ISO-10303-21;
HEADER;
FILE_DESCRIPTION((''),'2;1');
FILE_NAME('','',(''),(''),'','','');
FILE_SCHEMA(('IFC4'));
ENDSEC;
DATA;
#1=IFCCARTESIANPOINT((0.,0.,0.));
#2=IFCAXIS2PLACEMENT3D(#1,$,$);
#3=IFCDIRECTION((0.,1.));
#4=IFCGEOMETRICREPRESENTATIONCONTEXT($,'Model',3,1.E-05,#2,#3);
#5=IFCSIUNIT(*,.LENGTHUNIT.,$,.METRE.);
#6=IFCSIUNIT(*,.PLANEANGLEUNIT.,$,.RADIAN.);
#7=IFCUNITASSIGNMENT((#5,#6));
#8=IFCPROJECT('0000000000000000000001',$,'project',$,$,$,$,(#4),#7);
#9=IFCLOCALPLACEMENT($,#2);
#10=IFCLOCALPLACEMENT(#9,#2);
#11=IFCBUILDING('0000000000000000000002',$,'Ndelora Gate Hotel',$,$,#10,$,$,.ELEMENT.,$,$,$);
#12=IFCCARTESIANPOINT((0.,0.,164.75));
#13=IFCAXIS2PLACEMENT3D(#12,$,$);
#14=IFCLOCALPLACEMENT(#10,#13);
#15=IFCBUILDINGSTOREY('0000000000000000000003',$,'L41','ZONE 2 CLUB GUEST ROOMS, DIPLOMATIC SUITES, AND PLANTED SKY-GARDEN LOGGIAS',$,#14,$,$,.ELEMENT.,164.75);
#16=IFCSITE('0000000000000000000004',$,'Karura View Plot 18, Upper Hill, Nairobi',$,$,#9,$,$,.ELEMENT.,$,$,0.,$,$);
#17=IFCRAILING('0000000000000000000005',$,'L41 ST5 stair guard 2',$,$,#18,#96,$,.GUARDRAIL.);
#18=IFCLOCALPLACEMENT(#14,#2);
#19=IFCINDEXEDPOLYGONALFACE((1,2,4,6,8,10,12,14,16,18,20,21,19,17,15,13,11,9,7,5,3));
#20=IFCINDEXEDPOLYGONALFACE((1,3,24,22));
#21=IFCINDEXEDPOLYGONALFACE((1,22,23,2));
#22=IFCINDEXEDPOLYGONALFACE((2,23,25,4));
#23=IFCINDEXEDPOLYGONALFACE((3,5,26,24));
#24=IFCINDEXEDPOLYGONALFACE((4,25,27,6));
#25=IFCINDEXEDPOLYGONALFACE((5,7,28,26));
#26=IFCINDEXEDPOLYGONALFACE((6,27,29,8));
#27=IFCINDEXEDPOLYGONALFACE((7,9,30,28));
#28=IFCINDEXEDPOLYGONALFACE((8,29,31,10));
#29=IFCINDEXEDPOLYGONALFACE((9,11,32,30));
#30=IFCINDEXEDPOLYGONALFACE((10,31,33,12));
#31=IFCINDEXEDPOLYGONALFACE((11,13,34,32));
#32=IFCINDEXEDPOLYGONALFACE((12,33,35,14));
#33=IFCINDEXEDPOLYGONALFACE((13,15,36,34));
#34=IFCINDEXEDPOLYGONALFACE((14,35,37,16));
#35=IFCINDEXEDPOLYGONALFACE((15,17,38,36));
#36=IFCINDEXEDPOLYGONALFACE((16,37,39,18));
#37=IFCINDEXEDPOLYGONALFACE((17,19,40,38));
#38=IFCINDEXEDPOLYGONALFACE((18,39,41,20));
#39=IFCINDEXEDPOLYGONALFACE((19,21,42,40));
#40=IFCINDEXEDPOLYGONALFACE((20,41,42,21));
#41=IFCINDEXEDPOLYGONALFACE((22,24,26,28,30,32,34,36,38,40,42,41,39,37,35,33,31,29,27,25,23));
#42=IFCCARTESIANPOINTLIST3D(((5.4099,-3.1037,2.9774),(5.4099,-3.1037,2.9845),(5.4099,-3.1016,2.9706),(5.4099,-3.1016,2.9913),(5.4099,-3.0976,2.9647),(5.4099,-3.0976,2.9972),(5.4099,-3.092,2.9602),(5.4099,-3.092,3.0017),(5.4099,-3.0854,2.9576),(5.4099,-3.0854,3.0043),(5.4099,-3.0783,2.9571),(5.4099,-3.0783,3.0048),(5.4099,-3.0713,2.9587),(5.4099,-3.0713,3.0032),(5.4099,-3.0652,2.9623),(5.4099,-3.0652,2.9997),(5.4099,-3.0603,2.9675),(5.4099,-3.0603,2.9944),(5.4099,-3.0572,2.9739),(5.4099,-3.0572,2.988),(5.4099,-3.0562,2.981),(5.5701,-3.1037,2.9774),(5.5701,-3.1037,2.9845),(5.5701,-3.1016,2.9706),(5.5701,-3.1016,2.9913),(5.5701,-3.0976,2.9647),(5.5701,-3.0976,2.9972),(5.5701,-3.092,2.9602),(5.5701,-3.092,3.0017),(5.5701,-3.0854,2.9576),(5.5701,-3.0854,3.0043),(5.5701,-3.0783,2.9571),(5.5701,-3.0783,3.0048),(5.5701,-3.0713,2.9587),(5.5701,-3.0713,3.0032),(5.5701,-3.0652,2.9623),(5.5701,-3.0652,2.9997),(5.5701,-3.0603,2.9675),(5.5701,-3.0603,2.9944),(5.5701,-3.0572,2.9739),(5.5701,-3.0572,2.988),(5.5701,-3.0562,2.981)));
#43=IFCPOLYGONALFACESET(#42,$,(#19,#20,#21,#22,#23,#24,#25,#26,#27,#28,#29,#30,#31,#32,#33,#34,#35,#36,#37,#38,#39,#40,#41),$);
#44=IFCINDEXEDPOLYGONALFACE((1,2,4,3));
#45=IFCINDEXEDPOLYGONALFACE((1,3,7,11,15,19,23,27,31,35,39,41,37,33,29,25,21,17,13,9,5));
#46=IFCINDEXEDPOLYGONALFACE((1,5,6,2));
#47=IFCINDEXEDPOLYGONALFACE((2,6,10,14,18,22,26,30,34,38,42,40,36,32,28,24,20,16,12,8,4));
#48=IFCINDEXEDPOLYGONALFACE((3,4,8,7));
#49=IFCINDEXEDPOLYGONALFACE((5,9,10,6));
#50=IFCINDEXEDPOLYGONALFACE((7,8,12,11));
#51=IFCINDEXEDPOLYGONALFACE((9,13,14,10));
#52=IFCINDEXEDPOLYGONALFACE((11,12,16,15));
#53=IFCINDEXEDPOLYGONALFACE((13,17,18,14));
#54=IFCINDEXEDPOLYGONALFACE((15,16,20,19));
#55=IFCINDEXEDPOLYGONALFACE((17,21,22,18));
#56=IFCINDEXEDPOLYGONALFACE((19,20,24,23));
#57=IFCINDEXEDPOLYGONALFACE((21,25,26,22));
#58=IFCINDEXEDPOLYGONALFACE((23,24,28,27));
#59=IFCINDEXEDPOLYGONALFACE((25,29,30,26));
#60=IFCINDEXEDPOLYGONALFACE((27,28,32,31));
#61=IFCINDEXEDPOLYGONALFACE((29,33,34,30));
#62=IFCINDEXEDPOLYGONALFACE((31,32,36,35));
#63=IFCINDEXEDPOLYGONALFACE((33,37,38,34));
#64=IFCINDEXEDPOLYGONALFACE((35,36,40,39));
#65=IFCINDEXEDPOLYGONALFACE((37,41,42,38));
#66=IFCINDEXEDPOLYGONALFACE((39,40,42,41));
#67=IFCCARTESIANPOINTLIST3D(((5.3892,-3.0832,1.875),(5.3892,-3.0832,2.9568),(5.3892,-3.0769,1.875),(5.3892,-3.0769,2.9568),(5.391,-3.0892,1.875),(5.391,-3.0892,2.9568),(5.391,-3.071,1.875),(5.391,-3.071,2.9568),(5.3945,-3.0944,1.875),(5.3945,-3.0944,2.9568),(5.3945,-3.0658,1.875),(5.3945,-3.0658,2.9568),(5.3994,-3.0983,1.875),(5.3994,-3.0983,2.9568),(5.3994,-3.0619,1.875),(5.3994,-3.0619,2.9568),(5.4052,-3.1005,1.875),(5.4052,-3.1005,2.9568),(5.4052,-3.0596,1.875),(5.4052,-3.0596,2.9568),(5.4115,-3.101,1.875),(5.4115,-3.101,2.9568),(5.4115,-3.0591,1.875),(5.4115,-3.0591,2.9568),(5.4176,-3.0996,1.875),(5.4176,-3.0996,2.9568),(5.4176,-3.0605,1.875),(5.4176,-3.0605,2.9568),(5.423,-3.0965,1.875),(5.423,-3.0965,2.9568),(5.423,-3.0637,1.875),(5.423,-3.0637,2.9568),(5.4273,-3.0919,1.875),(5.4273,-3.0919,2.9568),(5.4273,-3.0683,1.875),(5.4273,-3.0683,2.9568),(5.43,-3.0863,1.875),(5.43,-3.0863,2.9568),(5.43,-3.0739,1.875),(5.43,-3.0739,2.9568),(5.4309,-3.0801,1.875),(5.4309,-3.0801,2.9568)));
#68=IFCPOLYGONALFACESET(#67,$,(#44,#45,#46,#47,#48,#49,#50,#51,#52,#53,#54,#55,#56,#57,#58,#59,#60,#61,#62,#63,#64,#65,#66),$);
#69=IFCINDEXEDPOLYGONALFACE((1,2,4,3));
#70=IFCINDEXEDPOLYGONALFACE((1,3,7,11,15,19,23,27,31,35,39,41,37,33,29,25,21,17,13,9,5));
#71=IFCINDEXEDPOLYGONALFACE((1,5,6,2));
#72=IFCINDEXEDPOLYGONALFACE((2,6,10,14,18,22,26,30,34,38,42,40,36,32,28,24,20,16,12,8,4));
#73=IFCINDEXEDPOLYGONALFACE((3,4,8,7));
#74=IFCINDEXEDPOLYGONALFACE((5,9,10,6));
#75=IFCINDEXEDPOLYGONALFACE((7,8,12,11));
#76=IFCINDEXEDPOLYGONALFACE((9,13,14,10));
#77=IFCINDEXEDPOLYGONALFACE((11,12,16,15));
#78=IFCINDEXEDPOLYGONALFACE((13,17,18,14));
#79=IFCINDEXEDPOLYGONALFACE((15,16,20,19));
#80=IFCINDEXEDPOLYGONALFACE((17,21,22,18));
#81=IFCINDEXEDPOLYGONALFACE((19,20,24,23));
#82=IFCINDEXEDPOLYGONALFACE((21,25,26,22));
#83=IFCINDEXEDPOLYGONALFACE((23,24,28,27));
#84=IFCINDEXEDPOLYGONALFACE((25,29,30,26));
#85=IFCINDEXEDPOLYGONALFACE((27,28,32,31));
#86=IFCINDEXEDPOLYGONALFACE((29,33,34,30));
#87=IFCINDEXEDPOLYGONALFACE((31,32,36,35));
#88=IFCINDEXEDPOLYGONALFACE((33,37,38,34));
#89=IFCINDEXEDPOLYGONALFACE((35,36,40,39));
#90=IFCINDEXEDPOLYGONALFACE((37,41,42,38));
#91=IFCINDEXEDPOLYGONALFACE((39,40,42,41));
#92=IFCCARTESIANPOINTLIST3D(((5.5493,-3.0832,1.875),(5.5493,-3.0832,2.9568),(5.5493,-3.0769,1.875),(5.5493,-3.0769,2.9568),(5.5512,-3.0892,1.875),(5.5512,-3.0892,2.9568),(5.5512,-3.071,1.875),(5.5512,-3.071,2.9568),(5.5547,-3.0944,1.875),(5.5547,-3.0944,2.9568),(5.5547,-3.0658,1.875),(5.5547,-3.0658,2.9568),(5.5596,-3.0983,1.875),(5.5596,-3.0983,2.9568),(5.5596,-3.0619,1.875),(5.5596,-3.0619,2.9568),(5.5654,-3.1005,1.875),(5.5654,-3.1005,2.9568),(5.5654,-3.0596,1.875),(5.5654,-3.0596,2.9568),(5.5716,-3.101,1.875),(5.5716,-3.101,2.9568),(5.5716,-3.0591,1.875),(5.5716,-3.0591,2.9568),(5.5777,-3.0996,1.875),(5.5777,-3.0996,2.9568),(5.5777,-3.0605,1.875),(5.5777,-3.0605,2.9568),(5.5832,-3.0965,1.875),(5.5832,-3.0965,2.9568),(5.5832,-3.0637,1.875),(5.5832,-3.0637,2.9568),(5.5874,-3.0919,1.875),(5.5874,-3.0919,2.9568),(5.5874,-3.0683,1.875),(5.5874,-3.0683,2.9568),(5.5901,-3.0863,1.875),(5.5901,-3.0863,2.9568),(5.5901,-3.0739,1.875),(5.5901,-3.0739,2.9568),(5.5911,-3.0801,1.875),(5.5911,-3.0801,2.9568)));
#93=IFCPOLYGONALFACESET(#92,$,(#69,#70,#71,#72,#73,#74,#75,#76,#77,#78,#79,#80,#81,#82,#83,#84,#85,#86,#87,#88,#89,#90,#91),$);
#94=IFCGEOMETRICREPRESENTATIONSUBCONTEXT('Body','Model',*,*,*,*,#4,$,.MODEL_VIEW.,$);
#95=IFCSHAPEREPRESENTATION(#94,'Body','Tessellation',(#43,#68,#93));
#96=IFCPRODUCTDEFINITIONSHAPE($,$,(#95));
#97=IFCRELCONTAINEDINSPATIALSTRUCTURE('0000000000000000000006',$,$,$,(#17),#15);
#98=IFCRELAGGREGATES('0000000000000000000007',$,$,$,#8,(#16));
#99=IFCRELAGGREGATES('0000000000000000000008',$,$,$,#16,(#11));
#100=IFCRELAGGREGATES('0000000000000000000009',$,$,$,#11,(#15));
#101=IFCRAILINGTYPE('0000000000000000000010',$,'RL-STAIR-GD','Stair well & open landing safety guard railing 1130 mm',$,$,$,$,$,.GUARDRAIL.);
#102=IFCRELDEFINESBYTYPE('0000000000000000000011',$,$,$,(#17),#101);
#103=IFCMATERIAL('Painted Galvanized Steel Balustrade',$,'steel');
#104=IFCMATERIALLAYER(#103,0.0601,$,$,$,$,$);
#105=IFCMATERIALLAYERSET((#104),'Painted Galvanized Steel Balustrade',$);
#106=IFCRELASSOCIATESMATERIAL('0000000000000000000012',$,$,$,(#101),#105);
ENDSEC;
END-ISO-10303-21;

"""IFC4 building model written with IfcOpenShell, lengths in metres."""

from ifc_helpers import new_model, si_unit, direction, frame, origin, origin_2d, place, context, subcontext, project, spatial, circle, extrude, material, layer, layer_set, type_object, element, save


model = new_model("IFC4")

# Units and contexts
model_context = context("Model", 3, precision=1e-05, world=origin(), true_north=direction((0.0, 1.0)))
body_context = subcontext(model_context, "Body", "Model", "MODEL_VIEW")
ifc_project = project(units=[si_unit("LENGTHUNIT", "METRE"), si_unit("PLANEANGLEUNIT", "RADIAN")], contexts=[model_context])

# Site, building, storey
site_placement = place(None, origin())
site = spatial("IfcSite", under=ifc_project, at=site_placement, Name="Karura View Plot 18, Upper Hill, Nairobi", CompositionType="ELEMENT", RefElevation=0.0)
building_placement = place(site_placement, origin())
building = spatial("IfcBuilding", under=site, at=building_placement, Name="Ndelora Gate Hotel", CompositionType="ELEMENT")
storey_placement = place(building_placement, frame((0.0, 0.0, 164.75)))
storey = spatial("IfcBuildingStorey", under=building, at=storey_placement, Name="L41", Description="ZONE 2 CLUB GUEST ROOMS, DIPLOMATIC SUITES, AND PLANTED SKY-GARDEN LOGGIAS", CompositionType="ELEMENT", Elevation=164.75)

# Railing
ifc_material_1 = material(Name="Painted Galvanized Steel Balustrade", Category="steel")
ifc_layer_1 = layer(ifc_material_1, 0.0601)
ifc_layer_set_1 = layer_set([ifc_layer_1], Name="Painted Galvanized Steel Balustrade")
railing_type_1 = type_object("IfcRailingType", Name="RL-STAIR-GD", Description="Stair well & open landing safety guard railing 1130 mm", PredefinedType="GUARDRAIL", material=ifc_layer_set_1)
railing_1_placement = place(storey_placement, frame((5.4099, -3.0801, 1.875)))
element("IfcRailing", 1, at=railing_1_placement, inside=storey, type_object=railing_type_1, Name="L41 ST5 stair guard 2", PredefinedType="GUARDRAIL", context=body_context, shape_type="SweptSolid", body=[
    extrude(circle(Radius=0.0239, at=origin_2d()), frame((0.0, 0.0, 1.106), z_axis=(1.0, 0.0, 0.0), x_axis=(0.0, 1.0, 0.0)), (0.0, 0.0, 1.0), 0.1602),
    extrude(circle(Radius=0.021, at=origin_2d()), origin(), (0.0, 0.0, 1.0), 1.0818),
    extrude(circle(Radius=0.021, at=origin_2d()), frame((0.1602, 0.0, 0.0)), (0.0, 0.0, 1.0), 1.0818),
])

save(model, "model.ifc")
